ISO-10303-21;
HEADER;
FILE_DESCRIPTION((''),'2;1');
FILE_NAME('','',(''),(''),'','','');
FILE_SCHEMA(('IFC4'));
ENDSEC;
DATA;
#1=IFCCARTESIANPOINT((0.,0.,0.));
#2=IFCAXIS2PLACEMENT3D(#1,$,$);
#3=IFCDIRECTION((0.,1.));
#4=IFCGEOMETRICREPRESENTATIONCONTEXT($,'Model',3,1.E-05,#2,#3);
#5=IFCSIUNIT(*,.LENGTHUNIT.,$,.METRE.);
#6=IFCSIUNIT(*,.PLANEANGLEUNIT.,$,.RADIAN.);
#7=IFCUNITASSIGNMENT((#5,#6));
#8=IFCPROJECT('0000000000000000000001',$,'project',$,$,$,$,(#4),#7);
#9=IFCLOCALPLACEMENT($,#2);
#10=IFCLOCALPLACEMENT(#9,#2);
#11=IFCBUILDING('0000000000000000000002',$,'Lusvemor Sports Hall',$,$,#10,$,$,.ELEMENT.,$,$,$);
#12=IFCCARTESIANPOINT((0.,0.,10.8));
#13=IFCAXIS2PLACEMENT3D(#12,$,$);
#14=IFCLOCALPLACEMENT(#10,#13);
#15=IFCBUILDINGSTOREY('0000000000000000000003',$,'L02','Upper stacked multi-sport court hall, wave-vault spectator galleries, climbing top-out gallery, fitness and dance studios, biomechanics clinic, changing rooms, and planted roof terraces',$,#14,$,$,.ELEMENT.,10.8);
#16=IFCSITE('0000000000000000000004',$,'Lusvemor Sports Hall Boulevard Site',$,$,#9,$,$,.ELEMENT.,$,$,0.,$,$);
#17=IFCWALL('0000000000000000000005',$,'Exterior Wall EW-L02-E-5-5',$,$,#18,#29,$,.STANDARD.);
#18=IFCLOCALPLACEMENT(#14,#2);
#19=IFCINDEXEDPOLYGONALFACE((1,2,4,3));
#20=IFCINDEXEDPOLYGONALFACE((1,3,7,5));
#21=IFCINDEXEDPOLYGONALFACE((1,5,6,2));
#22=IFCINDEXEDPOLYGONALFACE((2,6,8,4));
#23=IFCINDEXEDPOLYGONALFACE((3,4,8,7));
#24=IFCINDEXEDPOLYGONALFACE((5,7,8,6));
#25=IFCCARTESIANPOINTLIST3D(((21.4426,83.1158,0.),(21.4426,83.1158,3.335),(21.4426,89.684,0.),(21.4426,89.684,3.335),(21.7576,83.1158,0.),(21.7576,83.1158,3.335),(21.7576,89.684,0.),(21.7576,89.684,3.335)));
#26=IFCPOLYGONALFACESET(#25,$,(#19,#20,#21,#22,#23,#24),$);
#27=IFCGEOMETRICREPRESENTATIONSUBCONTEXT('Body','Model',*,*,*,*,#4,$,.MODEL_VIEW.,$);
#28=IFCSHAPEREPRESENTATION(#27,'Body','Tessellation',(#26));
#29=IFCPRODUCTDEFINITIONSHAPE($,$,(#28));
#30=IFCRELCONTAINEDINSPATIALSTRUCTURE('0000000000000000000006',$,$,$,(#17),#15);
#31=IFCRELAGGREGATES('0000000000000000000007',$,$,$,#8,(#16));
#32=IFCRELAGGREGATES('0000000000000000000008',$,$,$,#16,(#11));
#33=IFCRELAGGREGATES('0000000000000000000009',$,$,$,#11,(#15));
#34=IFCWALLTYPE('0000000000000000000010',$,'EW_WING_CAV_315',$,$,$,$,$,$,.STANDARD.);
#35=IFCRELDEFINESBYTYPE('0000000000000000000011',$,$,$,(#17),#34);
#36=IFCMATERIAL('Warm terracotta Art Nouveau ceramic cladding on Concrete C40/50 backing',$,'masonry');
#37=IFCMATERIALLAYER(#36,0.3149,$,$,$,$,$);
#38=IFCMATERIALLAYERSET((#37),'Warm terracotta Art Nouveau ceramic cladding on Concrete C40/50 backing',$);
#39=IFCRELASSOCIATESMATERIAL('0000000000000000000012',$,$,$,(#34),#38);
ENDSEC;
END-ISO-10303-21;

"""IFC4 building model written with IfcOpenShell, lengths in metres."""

from ifc_helpers import new_model, si_unit, direction, frame, frame_2d, origin, place, context, subcontext, project, spatial, rectangle, extrude, material, layer, layer_set, type_object, element, save


model = new_model("IFC4")

# Units and contexts
model_context = context("Model", 3, precision=1e-05, world=origin(), true_north=direction((0.0, 1.0)))
body_context = subcontext(model_context, "Body", "Model", "MODEL_VIEW")
ifc_project = project(units=[si_unit("LENGTHUNIT", "METRE"), si_unit("PLANEANGLEUNIT", "RADIAN")], contexts=[model_context])

# Site, building, storey
site_placement = place(None, origin())
site = spatial("IfcSite", under=ifc_project, at=site_placement, Name="Lusvemor Sports Hall Boulevard Site", CompositionType="ELEMENT", RefElevation=0.0)
building_placement = place(site_placement, origin())
building = spatial("IfcBuilding", under=site, at=building_placement, Name="Lusvemor Sports Hall", CompositionType="ELEMENT")
storey_placement = place(building_placement, frame((0.0, 0.0, 10.8)))
storey = spatial("IfcBuildingStorey", under=building, at=storey_placement, Name="L02", Description="Upper stacked multi-sport court hall, wave-vault spectator galleries, climbing top-out gallery, fitness and dance studios, biomechanics clinic, changing rooms, and planted roof terraces", CompositionType="ELEMENT", Elevation=10.8)

# Wall
ifc_material_1 = material(Name="Warm terracotta Art Nouveau ceramic cladding on Concrete C40/50 backing", Category="masonry")
ifc_layer_1 = layer(ifc_material_1, 0.3149)
ifc_layer_set_1 = layer_set([ifc_layer_1], Name="Warm terracotta Art Nouveau ceramic cladding on Concrete C40/50 backing")
wall_type = type_object("IfcWallType", Name="EW_WING_CAV_315", PredefinedType="STANDARD", material=ifc_layer_set_1)
wall_placement = place(storey_placement, frame((21.6001, 89.6841, 0.0), z_axis=(0.0, 0.0, 1.0), x_axis=(0.0, -1.0, 0.0)))
element("IfcWall", 1, at=wall_placement, inside=storey, type_object=wall_type, Name="Exterior Wall EW-L02-E-5-5", PredefinedType="STANDARD", context=body_context, shape_type="SweptSolid", body=[
    extrude(rectangle(XDim=6.5681, YDim=0.3149, at=frame_2d((3.2842, 0.0))), origin(), (0.0, 0.0, 1.0), 3.335),
])

save(model, "model.ifc")
